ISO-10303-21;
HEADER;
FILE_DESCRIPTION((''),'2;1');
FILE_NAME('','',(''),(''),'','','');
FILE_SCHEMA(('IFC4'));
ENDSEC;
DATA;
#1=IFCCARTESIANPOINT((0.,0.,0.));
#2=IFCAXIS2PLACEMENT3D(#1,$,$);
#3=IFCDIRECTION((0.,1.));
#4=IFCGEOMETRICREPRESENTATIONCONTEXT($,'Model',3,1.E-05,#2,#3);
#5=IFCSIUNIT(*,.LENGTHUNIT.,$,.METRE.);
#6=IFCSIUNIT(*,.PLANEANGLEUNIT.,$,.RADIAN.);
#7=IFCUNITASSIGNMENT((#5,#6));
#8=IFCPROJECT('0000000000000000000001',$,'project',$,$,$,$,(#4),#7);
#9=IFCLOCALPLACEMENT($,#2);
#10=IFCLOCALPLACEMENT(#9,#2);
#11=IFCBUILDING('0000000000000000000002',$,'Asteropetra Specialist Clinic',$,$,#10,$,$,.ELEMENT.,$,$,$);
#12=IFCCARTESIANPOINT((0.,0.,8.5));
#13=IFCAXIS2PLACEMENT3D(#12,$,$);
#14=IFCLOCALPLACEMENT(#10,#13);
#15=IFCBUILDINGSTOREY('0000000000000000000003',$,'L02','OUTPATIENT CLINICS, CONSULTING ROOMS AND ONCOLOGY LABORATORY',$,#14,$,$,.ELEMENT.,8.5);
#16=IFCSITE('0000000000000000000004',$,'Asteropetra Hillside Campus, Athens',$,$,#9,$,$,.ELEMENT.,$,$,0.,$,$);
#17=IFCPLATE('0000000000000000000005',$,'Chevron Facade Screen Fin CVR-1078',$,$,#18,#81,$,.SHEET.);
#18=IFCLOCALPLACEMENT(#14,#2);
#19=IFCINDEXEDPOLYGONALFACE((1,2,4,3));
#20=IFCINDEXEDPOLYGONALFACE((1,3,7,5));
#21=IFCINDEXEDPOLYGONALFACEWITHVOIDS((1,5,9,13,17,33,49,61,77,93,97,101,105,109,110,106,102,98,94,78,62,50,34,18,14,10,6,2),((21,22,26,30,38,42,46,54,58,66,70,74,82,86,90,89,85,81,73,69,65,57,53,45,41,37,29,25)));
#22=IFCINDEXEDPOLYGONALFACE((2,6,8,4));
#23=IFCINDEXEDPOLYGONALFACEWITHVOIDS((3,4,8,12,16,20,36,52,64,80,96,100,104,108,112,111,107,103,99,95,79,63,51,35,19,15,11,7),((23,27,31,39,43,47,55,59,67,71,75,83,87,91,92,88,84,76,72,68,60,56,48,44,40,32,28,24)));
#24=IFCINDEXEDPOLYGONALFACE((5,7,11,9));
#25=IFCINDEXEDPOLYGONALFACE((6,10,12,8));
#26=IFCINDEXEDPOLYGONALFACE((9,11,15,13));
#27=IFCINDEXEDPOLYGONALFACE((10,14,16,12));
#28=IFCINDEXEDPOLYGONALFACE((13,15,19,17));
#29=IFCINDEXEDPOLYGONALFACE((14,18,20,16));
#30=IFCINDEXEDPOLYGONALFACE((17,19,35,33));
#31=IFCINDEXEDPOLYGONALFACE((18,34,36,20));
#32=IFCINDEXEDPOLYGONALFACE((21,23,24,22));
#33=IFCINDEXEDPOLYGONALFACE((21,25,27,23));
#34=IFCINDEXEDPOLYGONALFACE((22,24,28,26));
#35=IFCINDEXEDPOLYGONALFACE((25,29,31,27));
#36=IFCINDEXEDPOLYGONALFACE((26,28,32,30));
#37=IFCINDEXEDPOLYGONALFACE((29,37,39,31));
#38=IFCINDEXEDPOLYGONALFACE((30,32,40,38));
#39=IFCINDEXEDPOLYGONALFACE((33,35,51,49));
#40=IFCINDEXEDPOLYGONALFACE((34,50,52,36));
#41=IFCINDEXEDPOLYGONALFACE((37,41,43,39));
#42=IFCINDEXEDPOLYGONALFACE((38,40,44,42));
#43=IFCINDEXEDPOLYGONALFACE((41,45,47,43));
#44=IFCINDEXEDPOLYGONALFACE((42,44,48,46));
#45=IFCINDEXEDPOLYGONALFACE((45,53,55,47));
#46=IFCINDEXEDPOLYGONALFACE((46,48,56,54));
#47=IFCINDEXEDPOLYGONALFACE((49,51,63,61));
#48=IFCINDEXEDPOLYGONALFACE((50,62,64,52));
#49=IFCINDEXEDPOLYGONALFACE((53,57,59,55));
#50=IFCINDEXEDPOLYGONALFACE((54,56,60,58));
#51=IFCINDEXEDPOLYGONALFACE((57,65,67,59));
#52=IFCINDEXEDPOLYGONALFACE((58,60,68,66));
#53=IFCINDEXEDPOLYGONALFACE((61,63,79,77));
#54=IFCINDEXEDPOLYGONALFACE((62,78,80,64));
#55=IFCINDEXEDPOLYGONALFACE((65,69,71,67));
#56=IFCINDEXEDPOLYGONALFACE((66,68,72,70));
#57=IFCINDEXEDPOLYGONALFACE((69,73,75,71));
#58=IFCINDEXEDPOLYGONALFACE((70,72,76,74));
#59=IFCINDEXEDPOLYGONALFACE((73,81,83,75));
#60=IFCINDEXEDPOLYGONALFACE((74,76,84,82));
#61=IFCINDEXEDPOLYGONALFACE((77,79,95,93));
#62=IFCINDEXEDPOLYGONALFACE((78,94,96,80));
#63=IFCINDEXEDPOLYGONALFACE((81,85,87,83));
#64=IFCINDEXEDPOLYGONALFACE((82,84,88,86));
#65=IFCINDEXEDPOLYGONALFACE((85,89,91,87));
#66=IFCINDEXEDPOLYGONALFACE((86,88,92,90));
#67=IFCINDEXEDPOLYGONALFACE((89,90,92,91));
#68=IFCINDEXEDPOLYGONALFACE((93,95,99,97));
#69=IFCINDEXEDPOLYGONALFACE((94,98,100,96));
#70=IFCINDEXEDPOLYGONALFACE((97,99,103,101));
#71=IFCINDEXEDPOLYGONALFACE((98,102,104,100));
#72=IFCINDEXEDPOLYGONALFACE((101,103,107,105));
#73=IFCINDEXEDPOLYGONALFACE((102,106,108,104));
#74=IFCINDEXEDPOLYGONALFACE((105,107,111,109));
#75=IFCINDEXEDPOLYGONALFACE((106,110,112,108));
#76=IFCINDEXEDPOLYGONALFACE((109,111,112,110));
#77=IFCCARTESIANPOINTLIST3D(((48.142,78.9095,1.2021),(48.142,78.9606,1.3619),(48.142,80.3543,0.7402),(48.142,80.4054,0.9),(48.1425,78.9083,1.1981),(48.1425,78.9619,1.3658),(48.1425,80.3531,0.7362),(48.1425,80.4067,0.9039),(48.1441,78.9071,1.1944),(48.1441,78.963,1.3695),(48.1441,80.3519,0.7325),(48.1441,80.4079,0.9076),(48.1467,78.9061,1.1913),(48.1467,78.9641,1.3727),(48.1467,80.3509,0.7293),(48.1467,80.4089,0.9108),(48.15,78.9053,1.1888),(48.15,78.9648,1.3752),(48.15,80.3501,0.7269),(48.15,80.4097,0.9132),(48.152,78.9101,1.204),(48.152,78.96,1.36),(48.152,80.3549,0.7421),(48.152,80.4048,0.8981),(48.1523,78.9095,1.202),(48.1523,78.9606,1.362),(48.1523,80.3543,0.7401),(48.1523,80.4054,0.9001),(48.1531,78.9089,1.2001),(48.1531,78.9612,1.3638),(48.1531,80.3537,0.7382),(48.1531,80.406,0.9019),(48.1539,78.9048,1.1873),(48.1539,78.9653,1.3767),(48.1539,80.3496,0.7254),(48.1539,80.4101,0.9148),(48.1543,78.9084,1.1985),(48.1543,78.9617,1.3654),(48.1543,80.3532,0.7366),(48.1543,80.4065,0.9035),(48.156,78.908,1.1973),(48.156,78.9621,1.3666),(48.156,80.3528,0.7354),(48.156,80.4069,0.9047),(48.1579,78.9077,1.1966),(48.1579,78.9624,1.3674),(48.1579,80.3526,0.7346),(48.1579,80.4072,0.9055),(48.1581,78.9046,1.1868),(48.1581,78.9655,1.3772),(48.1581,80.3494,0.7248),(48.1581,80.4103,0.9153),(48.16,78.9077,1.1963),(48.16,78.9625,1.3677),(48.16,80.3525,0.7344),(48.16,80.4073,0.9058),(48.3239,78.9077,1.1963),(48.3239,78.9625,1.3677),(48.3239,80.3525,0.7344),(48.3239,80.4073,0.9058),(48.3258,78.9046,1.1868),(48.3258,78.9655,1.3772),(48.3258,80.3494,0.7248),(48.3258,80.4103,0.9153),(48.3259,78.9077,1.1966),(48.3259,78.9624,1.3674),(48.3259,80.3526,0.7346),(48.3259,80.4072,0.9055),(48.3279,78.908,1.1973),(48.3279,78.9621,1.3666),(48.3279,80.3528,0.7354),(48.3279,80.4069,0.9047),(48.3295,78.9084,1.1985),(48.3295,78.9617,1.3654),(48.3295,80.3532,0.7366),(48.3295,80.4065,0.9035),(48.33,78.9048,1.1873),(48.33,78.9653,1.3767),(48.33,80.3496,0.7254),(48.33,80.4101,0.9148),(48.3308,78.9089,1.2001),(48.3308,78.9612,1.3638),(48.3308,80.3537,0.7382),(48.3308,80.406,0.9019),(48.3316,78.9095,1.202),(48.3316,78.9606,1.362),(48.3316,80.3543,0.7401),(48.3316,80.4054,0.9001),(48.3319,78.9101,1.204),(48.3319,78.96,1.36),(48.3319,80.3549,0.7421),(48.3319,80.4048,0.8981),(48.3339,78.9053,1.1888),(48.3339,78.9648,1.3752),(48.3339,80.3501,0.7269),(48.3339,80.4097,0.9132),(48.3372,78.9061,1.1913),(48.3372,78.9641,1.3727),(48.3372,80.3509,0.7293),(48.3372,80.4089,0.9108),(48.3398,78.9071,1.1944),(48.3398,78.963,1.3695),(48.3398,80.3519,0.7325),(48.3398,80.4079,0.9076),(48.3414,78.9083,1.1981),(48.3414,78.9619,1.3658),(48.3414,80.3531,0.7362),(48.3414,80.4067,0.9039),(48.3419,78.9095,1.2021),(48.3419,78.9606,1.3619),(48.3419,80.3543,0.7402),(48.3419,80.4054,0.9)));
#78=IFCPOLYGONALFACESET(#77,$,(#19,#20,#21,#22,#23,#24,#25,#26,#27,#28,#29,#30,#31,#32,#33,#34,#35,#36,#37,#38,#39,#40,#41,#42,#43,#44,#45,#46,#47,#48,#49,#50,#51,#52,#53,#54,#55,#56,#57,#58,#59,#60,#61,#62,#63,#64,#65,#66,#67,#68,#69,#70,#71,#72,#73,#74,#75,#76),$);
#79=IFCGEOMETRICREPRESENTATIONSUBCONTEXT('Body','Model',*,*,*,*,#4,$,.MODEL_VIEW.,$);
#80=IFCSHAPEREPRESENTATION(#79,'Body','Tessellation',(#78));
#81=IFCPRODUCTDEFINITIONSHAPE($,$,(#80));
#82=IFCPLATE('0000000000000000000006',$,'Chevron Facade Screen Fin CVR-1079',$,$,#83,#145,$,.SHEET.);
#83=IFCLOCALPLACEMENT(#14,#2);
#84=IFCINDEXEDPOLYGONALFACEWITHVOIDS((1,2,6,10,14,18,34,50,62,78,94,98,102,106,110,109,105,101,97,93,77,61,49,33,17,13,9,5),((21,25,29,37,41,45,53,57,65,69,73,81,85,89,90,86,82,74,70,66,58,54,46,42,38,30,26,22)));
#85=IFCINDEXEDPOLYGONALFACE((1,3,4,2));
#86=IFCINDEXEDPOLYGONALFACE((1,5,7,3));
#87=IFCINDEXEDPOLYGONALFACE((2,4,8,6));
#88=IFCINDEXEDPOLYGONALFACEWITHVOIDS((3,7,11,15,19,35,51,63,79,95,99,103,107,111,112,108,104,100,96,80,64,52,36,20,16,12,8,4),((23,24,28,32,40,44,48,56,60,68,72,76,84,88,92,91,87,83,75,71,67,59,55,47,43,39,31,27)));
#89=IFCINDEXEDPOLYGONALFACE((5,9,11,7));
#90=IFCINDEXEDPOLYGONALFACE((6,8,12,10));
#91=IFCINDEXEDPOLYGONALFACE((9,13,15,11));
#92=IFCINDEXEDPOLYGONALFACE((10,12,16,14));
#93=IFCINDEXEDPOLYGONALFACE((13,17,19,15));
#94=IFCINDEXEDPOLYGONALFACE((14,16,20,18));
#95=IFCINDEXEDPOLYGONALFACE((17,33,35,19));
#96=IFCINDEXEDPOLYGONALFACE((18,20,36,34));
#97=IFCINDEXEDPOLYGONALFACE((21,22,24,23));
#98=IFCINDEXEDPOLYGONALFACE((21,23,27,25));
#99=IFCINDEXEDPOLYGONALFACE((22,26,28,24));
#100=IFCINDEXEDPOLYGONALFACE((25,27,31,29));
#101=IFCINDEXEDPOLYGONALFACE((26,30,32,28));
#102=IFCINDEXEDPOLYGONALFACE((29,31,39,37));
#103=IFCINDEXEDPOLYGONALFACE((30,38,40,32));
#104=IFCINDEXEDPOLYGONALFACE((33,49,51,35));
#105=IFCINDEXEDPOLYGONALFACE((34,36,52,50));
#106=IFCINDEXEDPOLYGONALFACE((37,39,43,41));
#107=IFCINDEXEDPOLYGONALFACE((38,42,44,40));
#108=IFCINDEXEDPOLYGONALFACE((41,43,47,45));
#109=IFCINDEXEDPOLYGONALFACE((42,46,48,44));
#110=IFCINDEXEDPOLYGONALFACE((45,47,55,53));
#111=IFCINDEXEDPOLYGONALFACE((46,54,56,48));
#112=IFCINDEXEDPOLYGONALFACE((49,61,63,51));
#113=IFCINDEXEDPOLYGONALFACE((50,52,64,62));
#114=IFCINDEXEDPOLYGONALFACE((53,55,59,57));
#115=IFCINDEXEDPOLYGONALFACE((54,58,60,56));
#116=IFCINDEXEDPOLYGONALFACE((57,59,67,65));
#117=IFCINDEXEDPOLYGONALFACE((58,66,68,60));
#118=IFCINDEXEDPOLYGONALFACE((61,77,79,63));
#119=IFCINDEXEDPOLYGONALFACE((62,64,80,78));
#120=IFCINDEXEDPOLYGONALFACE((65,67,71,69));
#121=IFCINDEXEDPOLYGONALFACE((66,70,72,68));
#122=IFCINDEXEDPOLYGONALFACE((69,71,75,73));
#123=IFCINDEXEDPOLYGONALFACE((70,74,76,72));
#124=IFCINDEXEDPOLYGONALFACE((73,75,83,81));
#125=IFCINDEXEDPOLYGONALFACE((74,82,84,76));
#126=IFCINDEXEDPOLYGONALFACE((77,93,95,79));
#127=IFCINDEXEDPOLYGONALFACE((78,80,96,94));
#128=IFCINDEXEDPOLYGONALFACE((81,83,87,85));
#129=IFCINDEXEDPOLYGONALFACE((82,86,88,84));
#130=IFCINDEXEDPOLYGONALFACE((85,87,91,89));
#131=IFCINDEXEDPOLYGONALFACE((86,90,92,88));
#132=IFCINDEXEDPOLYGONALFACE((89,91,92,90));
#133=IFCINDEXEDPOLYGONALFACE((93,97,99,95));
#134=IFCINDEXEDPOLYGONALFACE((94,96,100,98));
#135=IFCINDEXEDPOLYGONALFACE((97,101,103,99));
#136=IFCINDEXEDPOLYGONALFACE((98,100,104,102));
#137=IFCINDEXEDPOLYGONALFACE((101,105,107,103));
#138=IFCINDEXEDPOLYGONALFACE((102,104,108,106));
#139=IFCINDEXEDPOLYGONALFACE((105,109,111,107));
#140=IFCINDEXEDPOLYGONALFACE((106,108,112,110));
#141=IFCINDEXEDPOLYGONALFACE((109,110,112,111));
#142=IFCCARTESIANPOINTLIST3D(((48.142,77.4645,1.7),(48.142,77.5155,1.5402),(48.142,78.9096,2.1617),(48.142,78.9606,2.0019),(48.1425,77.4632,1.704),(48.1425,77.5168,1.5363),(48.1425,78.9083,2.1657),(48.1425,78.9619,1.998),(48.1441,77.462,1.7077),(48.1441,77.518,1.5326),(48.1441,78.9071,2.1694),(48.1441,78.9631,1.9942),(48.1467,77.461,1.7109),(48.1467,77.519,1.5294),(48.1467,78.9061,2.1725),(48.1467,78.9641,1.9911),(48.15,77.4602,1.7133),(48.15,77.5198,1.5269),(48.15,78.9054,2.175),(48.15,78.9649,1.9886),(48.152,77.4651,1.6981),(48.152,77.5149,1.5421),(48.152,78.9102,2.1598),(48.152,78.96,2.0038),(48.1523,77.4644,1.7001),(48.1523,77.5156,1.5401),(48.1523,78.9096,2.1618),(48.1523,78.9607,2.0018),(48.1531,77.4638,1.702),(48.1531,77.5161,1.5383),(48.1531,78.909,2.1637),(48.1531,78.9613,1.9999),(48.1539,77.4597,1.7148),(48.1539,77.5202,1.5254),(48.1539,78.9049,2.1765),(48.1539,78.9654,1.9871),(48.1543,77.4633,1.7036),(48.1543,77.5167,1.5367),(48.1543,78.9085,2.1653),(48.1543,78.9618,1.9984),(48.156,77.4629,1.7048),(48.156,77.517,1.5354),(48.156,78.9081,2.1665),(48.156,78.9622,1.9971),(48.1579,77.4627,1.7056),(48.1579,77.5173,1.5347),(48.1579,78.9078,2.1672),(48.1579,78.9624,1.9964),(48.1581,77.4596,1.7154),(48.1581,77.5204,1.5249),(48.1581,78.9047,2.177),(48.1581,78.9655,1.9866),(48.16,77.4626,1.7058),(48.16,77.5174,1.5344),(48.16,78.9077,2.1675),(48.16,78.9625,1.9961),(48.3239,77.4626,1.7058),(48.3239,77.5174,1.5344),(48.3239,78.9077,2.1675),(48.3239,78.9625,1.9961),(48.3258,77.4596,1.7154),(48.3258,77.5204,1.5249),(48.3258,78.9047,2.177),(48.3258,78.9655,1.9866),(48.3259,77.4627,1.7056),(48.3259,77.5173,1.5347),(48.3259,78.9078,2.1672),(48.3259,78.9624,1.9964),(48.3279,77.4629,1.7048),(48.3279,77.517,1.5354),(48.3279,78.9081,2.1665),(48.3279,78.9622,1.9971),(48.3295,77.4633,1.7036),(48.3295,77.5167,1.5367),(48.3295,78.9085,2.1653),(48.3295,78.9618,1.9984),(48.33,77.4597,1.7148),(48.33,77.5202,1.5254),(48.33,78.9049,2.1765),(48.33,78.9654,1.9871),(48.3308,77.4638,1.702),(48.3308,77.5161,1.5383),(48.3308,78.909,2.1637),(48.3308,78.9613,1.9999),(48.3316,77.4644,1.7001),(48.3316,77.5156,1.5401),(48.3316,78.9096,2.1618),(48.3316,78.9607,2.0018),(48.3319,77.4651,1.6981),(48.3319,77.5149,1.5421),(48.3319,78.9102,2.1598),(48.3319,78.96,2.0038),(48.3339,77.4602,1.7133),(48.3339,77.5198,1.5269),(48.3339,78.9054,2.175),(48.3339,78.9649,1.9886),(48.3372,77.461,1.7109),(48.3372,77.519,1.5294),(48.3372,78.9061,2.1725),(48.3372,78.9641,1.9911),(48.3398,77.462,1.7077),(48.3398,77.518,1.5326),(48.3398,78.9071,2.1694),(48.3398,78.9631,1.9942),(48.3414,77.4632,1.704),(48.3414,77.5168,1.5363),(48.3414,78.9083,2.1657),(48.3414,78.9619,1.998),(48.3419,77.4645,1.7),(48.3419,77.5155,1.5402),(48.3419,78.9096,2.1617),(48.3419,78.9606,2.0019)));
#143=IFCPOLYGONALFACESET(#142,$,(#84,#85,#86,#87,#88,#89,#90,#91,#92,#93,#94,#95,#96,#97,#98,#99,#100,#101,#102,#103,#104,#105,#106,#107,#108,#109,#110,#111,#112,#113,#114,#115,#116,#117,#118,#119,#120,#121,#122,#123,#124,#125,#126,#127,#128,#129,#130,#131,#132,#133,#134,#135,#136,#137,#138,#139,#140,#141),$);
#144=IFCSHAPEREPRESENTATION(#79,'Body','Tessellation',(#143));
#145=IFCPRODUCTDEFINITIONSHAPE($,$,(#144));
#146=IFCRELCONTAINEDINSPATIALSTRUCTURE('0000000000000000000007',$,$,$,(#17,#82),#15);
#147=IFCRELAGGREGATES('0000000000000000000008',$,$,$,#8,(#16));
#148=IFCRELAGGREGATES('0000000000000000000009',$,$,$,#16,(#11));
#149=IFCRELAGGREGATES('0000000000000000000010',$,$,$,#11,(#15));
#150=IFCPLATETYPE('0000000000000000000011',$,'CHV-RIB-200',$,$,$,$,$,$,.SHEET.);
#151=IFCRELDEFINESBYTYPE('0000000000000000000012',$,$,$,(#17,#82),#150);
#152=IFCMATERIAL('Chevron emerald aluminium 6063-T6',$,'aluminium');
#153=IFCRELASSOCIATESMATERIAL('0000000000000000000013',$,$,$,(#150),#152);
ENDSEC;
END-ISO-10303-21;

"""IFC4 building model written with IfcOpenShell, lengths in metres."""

from ifc_helpers import new_model, si_unit, direction, frame, origin, origin_2d, place, context, subcontext, project, spatial, hollow_rectangle, extrude, material, material_profile, profile_set, type_object, element, save


model = new_model("IFC4")

# Units and contexts
model_context = context("Model", 3, precision=1e-05, world=origin(), true_north=direction((0.0, 1.0)))
body_context = subcontext(model_context, "Body", "Model", "MODEL_VIEW")
ifc_project = project(units=[si_unit("LENGTHUNIT", "METRE"), si_unit("PLANEANGLEUNIT", "RADIAN")], contexts=[model_context])

# Site, building, storey
site_placement = place(None, origin())
site = spatial("IfcSite", under=ifc_project, at=site_placement, Name="Asteropetra Hillside Campus, Athens", CompositionType="ELEMENT", RefElevation=0.0)
building_placement = place(site_placement, origin())
building = spatial("IfcBuilding", under=site, at=building_placement, Name="Asteropetra Specialist Clinic", CompositionType="ELEMENT")
storey_placement = place(building_placement, frame((0.0, 0.0, 8.5)))
storey = spatial("IfcBuildingStorey", under=building, at=storey_placement, Name="L02", Description="OUTPATIENT CLINICS, CONSULTING ROOMS AND ONCOLOGY LABORATORY", CompositionType="ELEMENT", Elevation=8.5)

# Plates
ifc_material_1 = material(Name="Chevron emerald aluminium 6063-T6", Category="aluminium")
ifc_material_profile_1 = material_profile(ifc_material_1, hollow_rectangle(XDim=0.2, YDim=0.2, WallThickness=0.01, InnerFilletRadius=0.0081, OuterFilletRadius=0.0161, at=origin_2d()), Name="SHS 200x200x10.0")
ifc_profile_set_1 = profile_set([ifc_material_profile_1], Name="Chevron emerald aluminium 6063-T6")
plate_type_1 = type_object("IfcPlateType", Name="CHV-RIB-200", PredefinedType="SHEET", material=ifc_profile_set_1)
plate_1_placement = place(storey_placement, frame((48.2419, 78.9351, 1.282), z_axis=(0.0, 0.952506, -0.304519), x_axis=(-1.0, 0.0, 0.0)))
element("IfcPlate", 1, at=plate_1_placement, inside=storey, type_object=plate_type_1, Name="Chevron Facade Screen Fin CVR-1078", PredefinedType="SHEET", context=body_context, shape_type="SweptSolid", body=[
    extrude(hollow_rectangle(XDim=0.2, YDim=0.2, WallThickness=0.01, InnerFilletRadius=0.0081, OuterFilletRadius=0.0161, at=origin_2d()), origin(), (0.0, 0.0, 1.0), 1.5168),
])
plate_2_placement = place(storey_placement, frame((48.2419, 77.49, 1.6201), z_axis=(0.0, 0.952568, 0.304326), x_axis=(-1.0, 0.0, 0.0)))
element("IfcPlate", 2, at=plate_2_placement, inside=storey, type_object=plate_type_1, Name="Chevron Facade Screen Fin CVR-1079", PredefinedType="SHEET", context=body_context, shape_type="SweptSolid", body=[
    extrude(hollow_rectangle(XDim=0.2, YDim=0.2, WallThickness=0.01, InnerFilletRadius=0.0081, OuterFilletRadius=0.0161, at=origin_2d()), origin(), (0.0, 0.0, 1.0), 1.5171),
])

save(model, "model.ifc")
